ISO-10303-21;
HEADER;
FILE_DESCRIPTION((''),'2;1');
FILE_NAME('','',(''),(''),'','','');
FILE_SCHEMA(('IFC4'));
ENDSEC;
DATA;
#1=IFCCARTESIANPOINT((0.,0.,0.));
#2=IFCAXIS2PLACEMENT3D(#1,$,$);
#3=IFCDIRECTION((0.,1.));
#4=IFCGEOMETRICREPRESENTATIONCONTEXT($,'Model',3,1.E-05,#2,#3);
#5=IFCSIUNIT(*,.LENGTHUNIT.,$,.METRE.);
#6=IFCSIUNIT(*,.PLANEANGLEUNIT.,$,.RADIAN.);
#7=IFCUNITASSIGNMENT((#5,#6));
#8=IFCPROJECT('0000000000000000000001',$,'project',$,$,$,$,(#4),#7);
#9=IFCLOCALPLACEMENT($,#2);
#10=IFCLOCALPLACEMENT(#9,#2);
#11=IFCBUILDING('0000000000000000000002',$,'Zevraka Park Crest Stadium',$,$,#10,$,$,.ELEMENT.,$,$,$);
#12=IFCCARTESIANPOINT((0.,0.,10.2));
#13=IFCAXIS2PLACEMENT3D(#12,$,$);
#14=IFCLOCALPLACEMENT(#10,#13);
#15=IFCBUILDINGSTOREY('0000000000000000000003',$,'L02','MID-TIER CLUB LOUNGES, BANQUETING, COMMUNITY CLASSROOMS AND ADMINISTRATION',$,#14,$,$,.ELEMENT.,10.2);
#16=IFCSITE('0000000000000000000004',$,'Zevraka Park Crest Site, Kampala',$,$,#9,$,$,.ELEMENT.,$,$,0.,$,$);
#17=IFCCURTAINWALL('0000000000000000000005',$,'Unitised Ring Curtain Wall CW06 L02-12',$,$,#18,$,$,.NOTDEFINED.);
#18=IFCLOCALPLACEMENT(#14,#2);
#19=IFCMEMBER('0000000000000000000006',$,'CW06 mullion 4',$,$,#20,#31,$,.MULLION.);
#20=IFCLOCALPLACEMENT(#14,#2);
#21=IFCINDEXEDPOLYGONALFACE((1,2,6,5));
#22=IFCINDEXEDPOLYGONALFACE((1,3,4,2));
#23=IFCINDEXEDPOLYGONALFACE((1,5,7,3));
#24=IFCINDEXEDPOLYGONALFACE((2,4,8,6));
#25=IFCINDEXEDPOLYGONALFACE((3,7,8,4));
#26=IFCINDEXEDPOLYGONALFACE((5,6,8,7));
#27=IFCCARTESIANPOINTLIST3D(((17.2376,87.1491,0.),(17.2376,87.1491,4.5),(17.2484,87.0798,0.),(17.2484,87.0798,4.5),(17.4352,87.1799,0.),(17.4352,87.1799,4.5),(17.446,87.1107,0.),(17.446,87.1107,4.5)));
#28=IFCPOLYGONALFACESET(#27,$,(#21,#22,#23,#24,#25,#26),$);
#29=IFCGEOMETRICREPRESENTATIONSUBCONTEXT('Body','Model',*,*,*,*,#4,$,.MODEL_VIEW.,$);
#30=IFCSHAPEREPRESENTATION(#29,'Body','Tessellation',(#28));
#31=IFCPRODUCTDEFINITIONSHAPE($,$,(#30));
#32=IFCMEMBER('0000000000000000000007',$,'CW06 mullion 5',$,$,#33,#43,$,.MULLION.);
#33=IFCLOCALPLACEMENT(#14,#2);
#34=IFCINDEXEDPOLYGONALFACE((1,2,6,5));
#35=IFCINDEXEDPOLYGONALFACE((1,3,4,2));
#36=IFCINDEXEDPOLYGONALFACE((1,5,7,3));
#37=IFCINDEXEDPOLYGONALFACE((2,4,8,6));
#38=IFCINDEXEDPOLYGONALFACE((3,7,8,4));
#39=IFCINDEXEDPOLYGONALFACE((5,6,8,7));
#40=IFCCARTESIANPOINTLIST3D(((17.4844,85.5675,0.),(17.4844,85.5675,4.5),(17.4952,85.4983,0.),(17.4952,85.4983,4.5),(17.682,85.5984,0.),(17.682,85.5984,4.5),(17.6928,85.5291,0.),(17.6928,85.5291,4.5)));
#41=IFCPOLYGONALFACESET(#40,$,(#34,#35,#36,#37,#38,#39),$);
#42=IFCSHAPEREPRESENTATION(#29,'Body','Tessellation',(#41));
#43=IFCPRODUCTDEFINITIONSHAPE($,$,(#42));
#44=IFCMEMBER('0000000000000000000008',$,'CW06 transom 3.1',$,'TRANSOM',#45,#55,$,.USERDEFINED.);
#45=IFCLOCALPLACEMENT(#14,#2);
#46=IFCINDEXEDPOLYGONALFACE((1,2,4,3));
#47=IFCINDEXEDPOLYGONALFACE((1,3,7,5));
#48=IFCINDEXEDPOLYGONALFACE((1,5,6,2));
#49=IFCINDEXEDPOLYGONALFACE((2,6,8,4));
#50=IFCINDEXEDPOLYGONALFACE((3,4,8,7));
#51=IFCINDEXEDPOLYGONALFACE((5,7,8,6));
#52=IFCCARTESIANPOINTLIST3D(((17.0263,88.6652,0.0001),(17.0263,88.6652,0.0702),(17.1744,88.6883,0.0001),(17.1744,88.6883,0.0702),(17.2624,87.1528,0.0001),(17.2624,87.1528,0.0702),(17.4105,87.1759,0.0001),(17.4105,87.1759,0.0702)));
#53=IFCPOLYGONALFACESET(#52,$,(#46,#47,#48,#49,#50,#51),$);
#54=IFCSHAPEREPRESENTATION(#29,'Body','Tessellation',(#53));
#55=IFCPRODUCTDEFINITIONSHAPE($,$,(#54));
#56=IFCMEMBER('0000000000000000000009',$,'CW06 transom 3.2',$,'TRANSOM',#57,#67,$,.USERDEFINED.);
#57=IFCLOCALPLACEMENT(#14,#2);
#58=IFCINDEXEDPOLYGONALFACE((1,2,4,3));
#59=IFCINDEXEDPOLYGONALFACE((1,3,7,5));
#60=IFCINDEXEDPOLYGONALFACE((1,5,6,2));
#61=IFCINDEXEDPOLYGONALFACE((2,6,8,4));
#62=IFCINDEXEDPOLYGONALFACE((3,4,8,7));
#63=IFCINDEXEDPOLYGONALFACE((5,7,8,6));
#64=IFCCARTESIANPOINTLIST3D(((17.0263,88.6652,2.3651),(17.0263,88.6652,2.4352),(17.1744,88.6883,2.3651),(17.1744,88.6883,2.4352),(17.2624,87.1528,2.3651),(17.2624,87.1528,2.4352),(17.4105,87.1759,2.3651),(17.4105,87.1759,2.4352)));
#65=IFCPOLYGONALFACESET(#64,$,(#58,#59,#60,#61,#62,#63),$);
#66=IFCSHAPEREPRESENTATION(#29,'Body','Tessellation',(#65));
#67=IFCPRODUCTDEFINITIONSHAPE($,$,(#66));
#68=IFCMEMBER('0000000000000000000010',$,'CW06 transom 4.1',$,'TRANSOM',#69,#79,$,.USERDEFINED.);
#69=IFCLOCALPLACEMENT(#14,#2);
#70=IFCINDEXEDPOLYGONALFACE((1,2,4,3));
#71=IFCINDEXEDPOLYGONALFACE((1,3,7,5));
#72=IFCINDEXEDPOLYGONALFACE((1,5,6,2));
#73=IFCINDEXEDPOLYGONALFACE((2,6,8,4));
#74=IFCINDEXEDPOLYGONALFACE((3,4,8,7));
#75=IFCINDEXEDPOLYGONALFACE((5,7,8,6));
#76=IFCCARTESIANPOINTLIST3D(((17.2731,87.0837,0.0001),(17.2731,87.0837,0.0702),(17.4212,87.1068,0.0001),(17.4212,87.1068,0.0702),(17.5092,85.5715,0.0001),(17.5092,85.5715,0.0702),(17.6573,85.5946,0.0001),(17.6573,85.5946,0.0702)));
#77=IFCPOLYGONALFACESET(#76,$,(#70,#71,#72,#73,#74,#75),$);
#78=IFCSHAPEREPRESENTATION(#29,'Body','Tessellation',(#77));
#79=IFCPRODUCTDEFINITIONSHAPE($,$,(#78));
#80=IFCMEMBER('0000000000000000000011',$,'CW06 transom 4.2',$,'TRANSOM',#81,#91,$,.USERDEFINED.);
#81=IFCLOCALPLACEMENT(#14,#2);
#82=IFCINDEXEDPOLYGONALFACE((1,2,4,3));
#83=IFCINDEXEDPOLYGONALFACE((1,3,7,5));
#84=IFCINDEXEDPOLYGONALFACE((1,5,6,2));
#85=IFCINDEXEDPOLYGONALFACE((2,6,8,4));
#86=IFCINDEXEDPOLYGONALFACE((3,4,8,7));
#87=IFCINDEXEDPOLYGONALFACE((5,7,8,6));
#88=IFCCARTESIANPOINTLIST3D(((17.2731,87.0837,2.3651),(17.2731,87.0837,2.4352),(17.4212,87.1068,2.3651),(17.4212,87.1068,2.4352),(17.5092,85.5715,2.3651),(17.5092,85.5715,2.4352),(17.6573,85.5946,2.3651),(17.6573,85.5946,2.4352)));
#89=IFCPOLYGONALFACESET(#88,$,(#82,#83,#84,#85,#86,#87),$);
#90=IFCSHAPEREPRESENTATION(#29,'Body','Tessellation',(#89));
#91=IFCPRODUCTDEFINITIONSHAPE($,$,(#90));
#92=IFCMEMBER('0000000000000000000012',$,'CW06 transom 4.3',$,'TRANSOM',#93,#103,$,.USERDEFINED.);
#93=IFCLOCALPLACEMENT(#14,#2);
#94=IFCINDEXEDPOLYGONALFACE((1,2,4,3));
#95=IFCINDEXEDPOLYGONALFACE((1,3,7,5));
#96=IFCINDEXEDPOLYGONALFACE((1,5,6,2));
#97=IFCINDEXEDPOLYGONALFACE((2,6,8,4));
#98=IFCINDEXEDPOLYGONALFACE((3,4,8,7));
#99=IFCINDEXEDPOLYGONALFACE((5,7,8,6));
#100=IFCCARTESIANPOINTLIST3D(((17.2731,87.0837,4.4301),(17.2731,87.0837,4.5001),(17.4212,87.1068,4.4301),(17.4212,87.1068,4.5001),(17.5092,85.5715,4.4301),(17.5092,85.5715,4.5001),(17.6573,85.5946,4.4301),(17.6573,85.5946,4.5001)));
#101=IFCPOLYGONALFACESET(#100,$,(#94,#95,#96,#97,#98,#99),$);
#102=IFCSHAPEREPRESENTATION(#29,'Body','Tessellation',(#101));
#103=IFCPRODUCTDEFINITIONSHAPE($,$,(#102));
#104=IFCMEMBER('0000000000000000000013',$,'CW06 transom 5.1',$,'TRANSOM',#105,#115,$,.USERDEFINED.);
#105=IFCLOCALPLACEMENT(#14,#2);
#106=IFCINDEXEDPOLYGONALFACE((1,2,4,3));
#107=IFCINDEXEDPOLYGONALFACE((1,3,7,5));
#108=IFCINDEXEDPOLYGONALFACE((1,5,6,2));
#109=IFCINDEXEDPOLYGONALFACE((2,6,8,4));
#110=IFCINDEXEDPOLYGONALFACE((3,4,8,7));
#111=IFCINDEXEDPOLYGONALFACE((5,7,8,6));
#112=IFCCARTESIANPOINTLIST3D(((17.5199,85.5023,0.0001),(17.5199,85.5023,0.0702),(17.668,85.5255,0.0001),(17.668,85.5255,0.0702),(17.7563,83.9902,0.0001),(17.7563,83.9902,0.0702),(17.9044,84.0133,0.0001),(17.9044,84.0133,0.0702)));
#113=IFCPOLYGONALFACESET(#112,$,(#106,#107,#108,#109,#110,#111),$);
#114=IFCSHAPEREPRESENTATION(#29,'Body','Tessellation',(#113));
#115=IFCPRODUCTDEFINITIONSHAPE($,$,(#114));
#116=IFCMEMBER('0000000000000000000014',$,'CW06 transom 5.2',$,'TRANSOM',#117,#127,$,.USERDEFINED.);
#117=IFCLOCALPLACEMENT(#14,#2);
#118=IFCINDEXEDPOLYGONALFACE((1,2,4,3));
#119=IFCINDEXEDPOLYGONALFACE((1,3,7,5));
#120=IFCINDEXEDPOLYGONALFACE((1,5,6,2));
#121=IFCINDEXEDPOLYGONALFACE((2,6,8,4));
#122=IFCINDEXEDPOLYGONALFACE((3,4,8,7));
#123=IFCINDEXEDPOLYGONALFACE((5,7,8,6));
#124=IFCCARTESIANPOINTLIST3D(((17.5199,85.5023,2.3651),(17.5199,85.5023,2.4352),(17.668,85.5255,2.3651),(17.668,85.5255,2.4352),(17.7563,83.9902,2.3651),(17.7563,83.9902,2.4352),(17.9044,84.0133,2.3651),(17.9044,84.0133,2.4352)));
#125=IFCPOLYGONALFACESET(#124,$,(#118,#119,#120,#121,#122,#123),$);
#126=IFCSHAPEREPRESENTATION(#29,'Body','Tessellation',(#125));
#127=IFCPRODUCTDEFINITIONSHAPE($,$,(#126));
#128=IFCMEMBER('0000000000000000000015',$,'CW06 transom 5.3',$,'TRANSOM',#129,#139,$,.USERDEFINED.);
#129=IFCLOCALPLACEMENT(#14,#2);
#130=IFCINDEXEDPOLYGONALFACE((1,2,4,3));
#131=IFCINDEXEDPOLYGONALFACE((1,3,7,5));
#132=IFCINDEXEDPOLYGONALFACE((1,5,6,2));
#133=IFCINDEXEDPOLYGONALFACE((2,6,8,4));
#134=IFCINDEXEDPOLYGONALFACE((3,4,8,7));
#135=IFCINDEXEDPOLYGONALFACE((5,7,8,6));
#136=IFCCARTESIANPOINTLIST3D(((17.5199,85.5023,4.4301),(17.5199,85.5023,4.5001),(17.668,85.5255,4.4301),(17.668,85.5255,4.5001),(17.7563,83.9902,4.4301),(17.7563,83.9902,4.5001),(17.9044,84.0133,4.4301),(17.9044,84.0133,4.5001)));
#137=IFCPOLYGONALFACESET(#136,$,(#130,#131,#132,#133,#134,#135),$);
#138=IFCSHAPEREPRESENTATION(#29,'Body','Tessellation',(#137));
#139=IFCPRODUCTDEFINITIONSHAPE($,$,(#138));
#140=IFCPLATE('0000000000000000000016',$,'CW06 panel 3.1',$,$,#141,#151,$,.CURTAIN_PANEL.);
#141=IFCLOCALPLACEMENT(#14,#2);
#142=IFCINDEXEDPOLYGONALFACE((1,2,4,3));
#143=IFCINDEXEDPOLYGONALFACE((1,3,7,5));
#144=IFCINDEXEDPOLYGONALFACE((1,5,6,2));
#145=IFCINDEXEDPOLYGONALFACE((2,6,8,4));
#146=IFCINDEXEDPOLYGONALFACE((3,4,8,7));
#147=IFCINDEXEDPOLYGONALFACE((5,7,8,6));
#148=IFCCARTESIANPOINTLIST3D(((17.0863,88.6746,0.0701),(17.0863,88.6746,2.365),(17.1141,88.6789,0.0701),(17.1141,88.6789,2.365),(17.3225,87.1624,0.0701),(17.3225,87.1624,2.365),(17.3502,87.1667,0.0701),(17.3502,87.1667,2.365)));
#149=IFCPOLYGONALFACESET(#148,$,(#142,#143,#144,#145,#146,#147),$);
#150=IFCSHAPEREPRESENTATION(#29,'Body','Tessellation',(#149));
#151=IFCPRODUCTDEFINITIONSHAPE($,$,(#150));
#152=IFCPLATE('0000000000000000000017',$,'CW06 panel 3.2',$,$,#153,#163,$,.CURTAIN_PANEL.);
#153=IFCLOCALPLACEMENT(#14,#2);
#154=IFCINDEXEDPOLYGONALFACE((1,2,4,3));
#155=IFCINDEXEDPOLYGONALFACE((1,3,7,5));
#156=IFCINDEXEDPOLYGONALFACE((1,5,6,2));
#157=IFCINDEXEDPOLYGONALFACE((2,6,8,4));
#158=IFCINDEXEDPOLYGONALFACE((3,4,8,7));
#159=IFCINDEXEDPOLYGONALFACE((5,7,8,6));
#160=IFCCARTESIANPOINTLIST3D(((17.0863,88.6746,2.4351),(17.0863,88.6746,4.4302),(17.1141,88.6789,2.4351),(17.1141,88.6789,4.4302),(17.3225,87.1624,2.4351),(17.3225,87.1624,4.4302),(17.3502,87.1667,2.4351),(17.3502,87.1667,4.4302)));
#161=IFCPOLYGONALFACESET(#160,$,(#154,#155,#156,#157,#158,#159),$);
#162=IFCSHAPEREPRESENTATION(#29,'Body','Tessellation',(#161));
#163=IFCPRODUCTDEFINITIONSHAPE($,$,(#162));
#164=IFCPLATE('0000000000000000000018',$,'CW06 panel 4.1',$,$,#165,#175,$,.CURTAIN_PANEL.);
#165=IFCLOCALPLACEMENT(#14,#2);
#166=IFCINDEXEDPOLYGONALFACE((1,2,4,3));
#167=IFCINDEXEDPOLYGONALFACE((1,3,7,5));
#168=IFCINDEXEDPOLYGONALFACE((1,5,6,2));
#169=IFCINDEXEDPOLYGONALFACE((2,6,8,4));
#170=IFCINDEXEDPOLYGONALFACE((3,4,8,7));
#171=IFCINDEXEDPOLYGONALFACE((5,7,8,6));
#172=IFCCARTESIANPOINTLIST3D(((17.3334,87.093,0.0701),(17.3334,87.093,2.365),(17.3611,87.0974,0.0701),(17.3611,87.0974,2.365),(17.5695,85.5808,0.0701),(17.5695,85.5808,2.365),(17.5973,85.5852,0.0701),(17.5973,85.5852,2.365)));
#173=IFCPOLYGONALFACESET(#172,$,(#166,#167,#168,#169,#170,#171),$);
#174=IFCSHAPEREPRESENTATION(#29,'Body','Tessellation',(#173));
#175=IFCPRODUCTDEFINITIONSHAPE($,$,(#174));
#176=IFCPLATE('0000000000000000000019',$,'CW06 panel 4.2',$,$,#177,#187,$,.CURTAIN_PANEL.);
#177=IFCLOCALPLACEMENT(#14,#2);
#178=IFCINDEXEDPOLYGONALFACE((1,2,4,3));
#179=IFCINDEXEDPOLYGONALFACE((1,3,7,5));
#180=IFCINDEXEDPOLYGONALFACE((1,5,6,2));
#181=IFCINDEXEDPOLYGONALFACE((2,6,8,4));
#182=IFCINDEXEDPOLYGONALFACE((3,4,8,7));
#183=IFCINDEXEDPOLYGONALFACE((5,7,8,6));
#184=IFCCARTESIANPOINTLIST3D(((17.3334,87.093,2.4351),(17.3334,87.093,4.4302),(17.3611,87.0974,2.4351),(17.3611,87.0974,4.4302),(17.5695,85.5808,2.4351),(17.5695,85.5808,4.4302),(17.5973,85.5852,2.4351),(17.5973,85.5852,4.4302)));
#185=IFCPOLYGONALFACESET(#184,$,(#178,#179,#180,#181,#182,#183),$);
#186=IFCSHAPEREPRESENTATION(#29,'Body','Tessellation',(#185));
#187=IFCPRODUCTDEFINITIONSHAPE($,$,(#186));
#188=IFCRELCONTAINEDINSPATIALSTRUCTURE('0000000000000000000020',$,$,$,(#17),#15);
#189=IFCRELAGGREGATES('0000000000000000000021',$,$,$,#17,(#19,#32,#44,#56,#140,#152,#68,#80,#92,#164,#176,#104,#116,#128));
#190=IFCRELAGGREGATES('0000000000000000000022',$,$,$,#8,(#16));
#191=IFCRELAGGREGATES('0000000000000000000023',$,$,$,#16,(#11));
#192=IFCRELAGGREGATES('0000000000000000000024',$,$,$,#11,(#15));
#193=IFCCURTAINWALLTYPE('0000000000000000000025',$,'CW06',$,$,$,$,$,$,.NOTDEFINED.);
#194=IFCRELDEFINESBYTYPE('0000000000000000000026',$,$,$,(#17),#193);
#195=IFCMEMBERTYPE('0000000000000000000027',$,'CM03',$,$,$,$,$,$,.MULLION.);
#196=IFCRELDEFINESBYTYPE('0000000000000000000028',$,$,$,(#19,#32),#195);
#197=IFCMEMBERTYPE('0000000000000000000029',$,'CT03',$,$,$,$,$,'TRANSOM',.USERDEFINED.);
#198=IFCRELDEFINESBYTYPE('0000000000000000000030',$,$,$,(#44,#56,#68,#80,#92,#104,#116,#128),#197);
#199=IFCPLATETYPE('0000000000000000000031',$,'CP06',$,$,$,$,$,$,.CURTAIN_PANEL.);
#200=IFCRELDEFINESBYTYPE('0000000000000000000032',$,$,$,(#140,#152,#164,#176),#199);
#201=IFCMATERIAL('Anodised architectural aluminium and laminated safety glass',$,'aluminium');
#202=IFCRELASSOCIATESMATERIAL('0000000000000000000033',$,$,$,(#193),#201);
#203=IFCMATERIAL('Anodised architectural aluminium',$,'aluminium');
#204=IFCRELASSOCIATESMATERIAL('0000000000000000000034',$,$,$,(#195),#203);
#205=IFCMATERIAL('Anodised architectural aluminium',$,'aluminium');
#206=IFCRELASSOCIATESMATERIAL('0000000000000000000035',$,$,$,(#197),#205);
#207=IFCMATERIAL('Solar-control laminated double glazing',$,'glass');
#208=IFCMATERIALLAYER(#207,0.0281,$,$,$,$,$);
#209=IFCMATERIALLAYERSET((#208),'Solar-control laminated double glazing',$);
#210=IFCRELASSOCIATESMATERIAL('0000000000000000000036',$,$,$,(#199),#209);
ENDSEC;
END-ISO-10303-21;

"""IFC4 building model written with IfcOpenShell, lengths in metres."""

from ifc_helpers import new_model, si_unit, direction, frame, origin, origin_2d, place, context, subcontext, project, spatial, rectangle, extrude, material, layer, layer_set, material_profile, profile_set, type_object, element, aggregate, save


model = new_model("IFC4")

# Units and contexts
model_context = context("Model", 3, precision=1e-05, world=origin(), true_north=direction((0.0, 1.0)))
body_context = subcontext(model_context, "Body", "Model", "MODEL_VIEW")
ifc_project = project(units=[si_unit("LENGTHUNIT", "METRE"), si_unit("PLANEANGLEUNIT", "RADIAN")], contexts=[model_context])

# Site, building, storey
site_placement = place(None, origin())
site = spatial("IfcSite", under=ifc_project, at=site_placement, Name="Zevraka Park Crest Site, Kampala", CompositionType="ELEMENT", RefElevation=0.0)
building_placement = place(site_placement, origin())
building = spatial("IfcBuilding", under=site, at=building_placement, Name="Zevraka Park Crest Stadium", CompositionType="ELEMENT")
storey_placement = place(building_placement, frame((0.0, 0.0, 10.2)))
storey = spatial("IfcBuildingStorey", under=building, at=storey_placement, Name="L02", Description="MID-TIER CLUB LOUNGES, BANQUETING, COMMUNITY CLASSROOMS AND ADMINISTRATION", CompositionType="ELEMENT", Elevation=10.2)

# Curtain wall, members, plates
ifc_material_1 = material(Name="Anodised architectural aluminium and laminated safety glass", Category="aluminium")
curtain_wall_type = type_object("IfcCurtainWallType", Name="CW06", PredefinedType="NOTDEFINED", material=ifc_material_1)
curtain_wall_placement = place(storey_placement, origin())
curtain_wall = element("IfcCurtainWall", 1, at=curtain_wall_placement, inside=storey, type_object=curtain_wall_type, Name="Unitised Ring Curtain Wall CW06 L02-12", PredefinedType="NOTDEFINED")
ifc_material_2 = material(Name="Anodised architectural aluminium", Category="aluminium")
ifc_material_profile_1 = material_profile(ifc_material_2, rectangle(XDim=0.2, YDim=0.0701, at=origin_2d()), Name="ALU MULLION 200x70")
ifc_profile_set_1 = profile_set([ifc_material_profile_1], Name="Anodised architectural aluminium")
member_type_1 = type_object("IfcMemberType", Name="CM03", PredefinedType="MULLION", material=ifc_profile_set_1)
member_1_placement = place(storey_placement, frame((17.3418, 87.1299, 0.0), z_axis=(0.0, 0.0, 1.0), x_axis=(0.988028, 0.154274, 0.0)))
member_1 = element("IfcMember", 2, at=member_1_placement, type_object=member_type_1, Name="CW06 mullion 4", PredefinedType="MULLION", context=body_context, shape_type="SweptSolid", body=[
    extrude(rectangle(XDim=0.2, YDim=0.0701, at=origin_2d()), origin(), (0.0, 0.0, 1.0), 4.5),
])
member_2_placement = place(storey_placement, frame((17.5886, 85.5483, 0.0), z_axis=(0.0, 0.0, 1.0), x_axis=(0.988028, 0.154274, 0.0)))
member_2 = element("IfcMember", 3, at=member_2_placement, type_object=member_type_1, Name="CW06 mullion 5", PredefinedType="MULLION", context=body_context, shape_type="SweptSolid", body=[
    extrude(rectangle(XDim=0.2, YDim=0.0701, at=origin_2d()), origin(), (0.0, 0.0, 1.0), 4.5),
])
ifc_material_3 = material(Name="Anodised architectural aluminium", Category="aluminium")
ifc_material_profile_2 = material_profile(ifc_material_3, rectangle(XDim=0.1499, YDim=0.0701, at=origin_2d()), Name="ALU TRANSOM 150x70")
ifc_profile_set_2 = profile_set([ifc_material_profile_2], Name="Anodised architectural aluminium")
member_type_2 = type_object("IfcMemberType", Name="CT03", ElementType="TRANSOM", PredefinedType="USERDEFINED", material=ifc_profile_set_2)
member_3_placement = place(storey_placement, frame((17.1003, 88.6768, 0.0352), z_axis=(0.154226, -0.988036, 0.0), x_axis=(0.988036, 0.154226, 0.0)))
member_3 = element("IfcMember", 4, at=member_3_placement, type_object=member_type_2, Name="CW06 transom 3.1", ObjectType="TRANSOM", PredefinedType="USERDEFINED", context=body_context, shape_type="SweptSolid", body=[
    extrude(rectangle(XDim=0.1499, YDim=0.0701, at=origin_2d()), origin(), (0.0, 0.0, 1.0), 1.5308),
])
member_4_placement = place(storey_placement, frame((17.1003, 88.6768, 2.4001), z_axis=(0.154226, -0.988036, 0.0), x_axis=(0.988036, 0.154226, 0.0)))
member_4 = element("IfcMember", 5, at=member_4_placement, type_object=member_type_2, Name="CW06 transom 3.2", ObjectType="TRANSOM", PredefinedType="USERDEFINED", context=body_context, shape_type="SweptSolid", body=[
    extrude(rectangle(XDim=0.1499, YDim=0.0701, at=origin_2d()), origin(), (0.0, 0.0, 1.0), 1.5308),
])
member_5_placement = place(storey_placement, frame((17.3472, 87.0952, 0.0352), z_axis=(0.15425, -0.988032, 0.0), x_axis=(0.988032, 0.15425, 0.0)))
member_5 = element("IfcMember", 6, at=member_5_placement, type_object=member_type_2, Name="CW06 transom 4.1", ObjectType="TRANSOM", PredefinedType="USERDEFINED", context=body_context, shape_type="SweptSolid", body=[
    extrude(rectangle(XDim=0.1499, YDim=0.0701, at=origin_2d()), origin(), (0.0, 0.0, 1.0), 1.5305),
])
member_6_placement = place(storey_placement, frame((17.3472, 87.0952, 2.4001), z_axis=(0.15425, -0.988032, 0.0), x_axis=(0.988032, 0.15425, 0.0)))
member_6 = element("IfcMember", 7, at=member_6_placement, type_object=member_type_2, Name="CW06 transom 4.2", ObjectType="TRANSOM", PredefinedType="USERDEFINED", context=body_context, shape_type="SweptSolid", body=[
    extrude(rectangle(XDim=0.1499, YDim=0.0701, at=origin_2d()), origin(), (0.0, 0.0, 1.0), 1.5305),
])
member_7_placement = place(storey_placement, frame((17.3472, 87.0952, 4.4651), z_axis=(0.15425, -0.988032, 0.0), x_axis=(0.988032, 0.15425, 0.0)))
member_7 = element("IfcMember", 8, at=member_7_placement, type_object=member_type_2, Name="CW06 transom 4.3", ObjectType="TRANSOM", PredefinedType="USERDEFINED", context=body_context, shape_type="SweptSolid", body=[
    extrude(rectangle(XDim=0.1499, YDim=0.0701, at=origin_2d()), origin(), (0.0, 0.0, 1.0), 1.5305),
])
member_8_placement = place(storey_placement, frame((17.594, 85.5139, 0.0352), z_axis=(0.154406, -0.988007, 0.0), x_axis=(0.988007, 0.154406, 0.0)))
member_8 = element("IfcMember", 9, at=member_8_placement, type_object=member_type_2, Name="CW06 transom 5.1", ObjectType="TRANSOM", PredefinedType="USERDEFINED", context=body_context, shape_type="SweptSolid", body=[
    extrude(rectangle(XDim=0.1499, YDim=0.0701, at=origin_2d()), origin(), (0.0, 0.0, 1.0), 1.5305),
])
member_9_placement = place(storey_placement, frame((17.594, 85.5139, 2.4001), z_axis=(0.154406, -0.988007, 0.0), x_axis=(0.988007, 0.154406, 0.0)))
member_9 = element("IfcMember", 10, at=member_9_placement, type_object=member_type_2, Name="CW06 transom 5.2", ObjectType="TRANSOM", PredefinedType="USERDEFINED", context=body_context, shape_type="SweptSolid", body=[
    extrude(rectangle(XDim=0.1499, YDim=0.0701, at=origin_2d()), origin(), (0.0, 0.0, 1.0), 1.5305),
])
member_10_placement = place(storey_placement, frame((17.594, 85.5139, 4.4651), z_axis=(0.154406, -0.988007, 0.0), x_axis=(0.988007, 0.154406, 0.0)))
member_10 = element("IfcMember", 11, at=member_10_placement, type_object=member_type_2, Name="CW06 transom 5.3", ObjectType="TRANSOM", PredefinedType="USERDEFINED", context=body_context, shape_type="SweptSolid", body=[
    extrude(rectangle(XDim=0.1499, YDim=0.0701, at=origin_2d()), origin(), (0.0, 0.0, 1.0), 1.5305),
])
ifc_material_4 = material(Name="Solar-control laminated double glazing", Category="glass")
ifc_layer_1 = layer(ifc_material_4, 0.0281)
ifc_layer_set_1 = layer_set([ifc_layer_1], Name="Solar-control laminated double glazing")
plate_type = type_object("IfcPlateType", Name="CP06", PredefinedType="CURTAIN_PANEL", material=ifc_layer_set_1)
plate_1_placement = place(storey_placement, frame((17.2183, 87.9207, 0.0701), z_axis=(0.0, 0.0, 1.0), x_axis=(0.154274, -0.988028, 0.0)))
plate_1 = element("IfcPlate", 12, at=plate_1_placement, type_object=plate_type, Name="CW06 panel 3.1", PredefinedType="CURTAIN_PANEL", context=body_context, shape_type="SweptSolid", body=[
    extrude(rectangle(XDim=1.5305, YDim=0.0281, at=origin_2d()), origin(), (0.0, 0.0, 1.0), 2.2949),
])
plate_2_placement = place(storey_placement, frame((17.2183, 87.9207, 2.4351), z_axis=(0.0, 0.0, 1.0), x_axis=(0.154274, -0.988028, 0.0)))
plate_2 = element("IfcPlate", 13, at=plate_2_placement, type_object=plate_type, Name="CW06 panel 3.2", PredefinedType="CURTAIN_PANEL", context=body_context, shape_type="SweptSolid", body=[
    extrude(rectangle(XDim=1.5305, YDim=0.0281, at=origin_2d()), origin(), (0.0, 0.0, 1.0), 1.9951),
])
plate_3_placement = place(storey_placement, frame((17.4653, 86.3391, 0.0701), z_axis=(0.0, 0.0, 1.0), x_axis=(0.154274, -0.988028, 0.0)))
plate_3 = element("IfcPlate", 14, at=plate_3_placement, type_object=plate_type, Name="CW06 panel 4.1", PredefinedType="CURTAIN_PANEL", context=body_context, shape_type="SweptSolid", body=[
    extrude(rectangle(XDim=1.5305, YDim=0.0281, at=origin_2d()), origin(), (0.0, 0.0, 1.0), 2.2949),
])
plate_4_placement = place(storey_placement, frame((17.4653, 86.3391, 2.4351), z_axis=(0.0, 0.0, 1.0), x_axis=(0.154274, -0.988028, 0.0)))
plate_4 = element("IfcPlate", 15, at=plate_4_placement, type_object=plate_type, Name="CW06 panel 4.2", PredefinedType="CURTAIN_PANEL", context=body_context, shape_type="SweptSolid", body=[
    extrude(rectangle(XDim=1.5305, YDim=0.0281, at=origin_2d()), origin(), (0.0, 0.0, 1.0), 1.9951),
])
aggregate(curtain_wall, [member_1, member_2, member_3, member_4, plate_1, plate_2, member_5, member_6, member_7, plate_3, plate_4, member_8, member_9, member_10])

save(model, "model.ifc")
